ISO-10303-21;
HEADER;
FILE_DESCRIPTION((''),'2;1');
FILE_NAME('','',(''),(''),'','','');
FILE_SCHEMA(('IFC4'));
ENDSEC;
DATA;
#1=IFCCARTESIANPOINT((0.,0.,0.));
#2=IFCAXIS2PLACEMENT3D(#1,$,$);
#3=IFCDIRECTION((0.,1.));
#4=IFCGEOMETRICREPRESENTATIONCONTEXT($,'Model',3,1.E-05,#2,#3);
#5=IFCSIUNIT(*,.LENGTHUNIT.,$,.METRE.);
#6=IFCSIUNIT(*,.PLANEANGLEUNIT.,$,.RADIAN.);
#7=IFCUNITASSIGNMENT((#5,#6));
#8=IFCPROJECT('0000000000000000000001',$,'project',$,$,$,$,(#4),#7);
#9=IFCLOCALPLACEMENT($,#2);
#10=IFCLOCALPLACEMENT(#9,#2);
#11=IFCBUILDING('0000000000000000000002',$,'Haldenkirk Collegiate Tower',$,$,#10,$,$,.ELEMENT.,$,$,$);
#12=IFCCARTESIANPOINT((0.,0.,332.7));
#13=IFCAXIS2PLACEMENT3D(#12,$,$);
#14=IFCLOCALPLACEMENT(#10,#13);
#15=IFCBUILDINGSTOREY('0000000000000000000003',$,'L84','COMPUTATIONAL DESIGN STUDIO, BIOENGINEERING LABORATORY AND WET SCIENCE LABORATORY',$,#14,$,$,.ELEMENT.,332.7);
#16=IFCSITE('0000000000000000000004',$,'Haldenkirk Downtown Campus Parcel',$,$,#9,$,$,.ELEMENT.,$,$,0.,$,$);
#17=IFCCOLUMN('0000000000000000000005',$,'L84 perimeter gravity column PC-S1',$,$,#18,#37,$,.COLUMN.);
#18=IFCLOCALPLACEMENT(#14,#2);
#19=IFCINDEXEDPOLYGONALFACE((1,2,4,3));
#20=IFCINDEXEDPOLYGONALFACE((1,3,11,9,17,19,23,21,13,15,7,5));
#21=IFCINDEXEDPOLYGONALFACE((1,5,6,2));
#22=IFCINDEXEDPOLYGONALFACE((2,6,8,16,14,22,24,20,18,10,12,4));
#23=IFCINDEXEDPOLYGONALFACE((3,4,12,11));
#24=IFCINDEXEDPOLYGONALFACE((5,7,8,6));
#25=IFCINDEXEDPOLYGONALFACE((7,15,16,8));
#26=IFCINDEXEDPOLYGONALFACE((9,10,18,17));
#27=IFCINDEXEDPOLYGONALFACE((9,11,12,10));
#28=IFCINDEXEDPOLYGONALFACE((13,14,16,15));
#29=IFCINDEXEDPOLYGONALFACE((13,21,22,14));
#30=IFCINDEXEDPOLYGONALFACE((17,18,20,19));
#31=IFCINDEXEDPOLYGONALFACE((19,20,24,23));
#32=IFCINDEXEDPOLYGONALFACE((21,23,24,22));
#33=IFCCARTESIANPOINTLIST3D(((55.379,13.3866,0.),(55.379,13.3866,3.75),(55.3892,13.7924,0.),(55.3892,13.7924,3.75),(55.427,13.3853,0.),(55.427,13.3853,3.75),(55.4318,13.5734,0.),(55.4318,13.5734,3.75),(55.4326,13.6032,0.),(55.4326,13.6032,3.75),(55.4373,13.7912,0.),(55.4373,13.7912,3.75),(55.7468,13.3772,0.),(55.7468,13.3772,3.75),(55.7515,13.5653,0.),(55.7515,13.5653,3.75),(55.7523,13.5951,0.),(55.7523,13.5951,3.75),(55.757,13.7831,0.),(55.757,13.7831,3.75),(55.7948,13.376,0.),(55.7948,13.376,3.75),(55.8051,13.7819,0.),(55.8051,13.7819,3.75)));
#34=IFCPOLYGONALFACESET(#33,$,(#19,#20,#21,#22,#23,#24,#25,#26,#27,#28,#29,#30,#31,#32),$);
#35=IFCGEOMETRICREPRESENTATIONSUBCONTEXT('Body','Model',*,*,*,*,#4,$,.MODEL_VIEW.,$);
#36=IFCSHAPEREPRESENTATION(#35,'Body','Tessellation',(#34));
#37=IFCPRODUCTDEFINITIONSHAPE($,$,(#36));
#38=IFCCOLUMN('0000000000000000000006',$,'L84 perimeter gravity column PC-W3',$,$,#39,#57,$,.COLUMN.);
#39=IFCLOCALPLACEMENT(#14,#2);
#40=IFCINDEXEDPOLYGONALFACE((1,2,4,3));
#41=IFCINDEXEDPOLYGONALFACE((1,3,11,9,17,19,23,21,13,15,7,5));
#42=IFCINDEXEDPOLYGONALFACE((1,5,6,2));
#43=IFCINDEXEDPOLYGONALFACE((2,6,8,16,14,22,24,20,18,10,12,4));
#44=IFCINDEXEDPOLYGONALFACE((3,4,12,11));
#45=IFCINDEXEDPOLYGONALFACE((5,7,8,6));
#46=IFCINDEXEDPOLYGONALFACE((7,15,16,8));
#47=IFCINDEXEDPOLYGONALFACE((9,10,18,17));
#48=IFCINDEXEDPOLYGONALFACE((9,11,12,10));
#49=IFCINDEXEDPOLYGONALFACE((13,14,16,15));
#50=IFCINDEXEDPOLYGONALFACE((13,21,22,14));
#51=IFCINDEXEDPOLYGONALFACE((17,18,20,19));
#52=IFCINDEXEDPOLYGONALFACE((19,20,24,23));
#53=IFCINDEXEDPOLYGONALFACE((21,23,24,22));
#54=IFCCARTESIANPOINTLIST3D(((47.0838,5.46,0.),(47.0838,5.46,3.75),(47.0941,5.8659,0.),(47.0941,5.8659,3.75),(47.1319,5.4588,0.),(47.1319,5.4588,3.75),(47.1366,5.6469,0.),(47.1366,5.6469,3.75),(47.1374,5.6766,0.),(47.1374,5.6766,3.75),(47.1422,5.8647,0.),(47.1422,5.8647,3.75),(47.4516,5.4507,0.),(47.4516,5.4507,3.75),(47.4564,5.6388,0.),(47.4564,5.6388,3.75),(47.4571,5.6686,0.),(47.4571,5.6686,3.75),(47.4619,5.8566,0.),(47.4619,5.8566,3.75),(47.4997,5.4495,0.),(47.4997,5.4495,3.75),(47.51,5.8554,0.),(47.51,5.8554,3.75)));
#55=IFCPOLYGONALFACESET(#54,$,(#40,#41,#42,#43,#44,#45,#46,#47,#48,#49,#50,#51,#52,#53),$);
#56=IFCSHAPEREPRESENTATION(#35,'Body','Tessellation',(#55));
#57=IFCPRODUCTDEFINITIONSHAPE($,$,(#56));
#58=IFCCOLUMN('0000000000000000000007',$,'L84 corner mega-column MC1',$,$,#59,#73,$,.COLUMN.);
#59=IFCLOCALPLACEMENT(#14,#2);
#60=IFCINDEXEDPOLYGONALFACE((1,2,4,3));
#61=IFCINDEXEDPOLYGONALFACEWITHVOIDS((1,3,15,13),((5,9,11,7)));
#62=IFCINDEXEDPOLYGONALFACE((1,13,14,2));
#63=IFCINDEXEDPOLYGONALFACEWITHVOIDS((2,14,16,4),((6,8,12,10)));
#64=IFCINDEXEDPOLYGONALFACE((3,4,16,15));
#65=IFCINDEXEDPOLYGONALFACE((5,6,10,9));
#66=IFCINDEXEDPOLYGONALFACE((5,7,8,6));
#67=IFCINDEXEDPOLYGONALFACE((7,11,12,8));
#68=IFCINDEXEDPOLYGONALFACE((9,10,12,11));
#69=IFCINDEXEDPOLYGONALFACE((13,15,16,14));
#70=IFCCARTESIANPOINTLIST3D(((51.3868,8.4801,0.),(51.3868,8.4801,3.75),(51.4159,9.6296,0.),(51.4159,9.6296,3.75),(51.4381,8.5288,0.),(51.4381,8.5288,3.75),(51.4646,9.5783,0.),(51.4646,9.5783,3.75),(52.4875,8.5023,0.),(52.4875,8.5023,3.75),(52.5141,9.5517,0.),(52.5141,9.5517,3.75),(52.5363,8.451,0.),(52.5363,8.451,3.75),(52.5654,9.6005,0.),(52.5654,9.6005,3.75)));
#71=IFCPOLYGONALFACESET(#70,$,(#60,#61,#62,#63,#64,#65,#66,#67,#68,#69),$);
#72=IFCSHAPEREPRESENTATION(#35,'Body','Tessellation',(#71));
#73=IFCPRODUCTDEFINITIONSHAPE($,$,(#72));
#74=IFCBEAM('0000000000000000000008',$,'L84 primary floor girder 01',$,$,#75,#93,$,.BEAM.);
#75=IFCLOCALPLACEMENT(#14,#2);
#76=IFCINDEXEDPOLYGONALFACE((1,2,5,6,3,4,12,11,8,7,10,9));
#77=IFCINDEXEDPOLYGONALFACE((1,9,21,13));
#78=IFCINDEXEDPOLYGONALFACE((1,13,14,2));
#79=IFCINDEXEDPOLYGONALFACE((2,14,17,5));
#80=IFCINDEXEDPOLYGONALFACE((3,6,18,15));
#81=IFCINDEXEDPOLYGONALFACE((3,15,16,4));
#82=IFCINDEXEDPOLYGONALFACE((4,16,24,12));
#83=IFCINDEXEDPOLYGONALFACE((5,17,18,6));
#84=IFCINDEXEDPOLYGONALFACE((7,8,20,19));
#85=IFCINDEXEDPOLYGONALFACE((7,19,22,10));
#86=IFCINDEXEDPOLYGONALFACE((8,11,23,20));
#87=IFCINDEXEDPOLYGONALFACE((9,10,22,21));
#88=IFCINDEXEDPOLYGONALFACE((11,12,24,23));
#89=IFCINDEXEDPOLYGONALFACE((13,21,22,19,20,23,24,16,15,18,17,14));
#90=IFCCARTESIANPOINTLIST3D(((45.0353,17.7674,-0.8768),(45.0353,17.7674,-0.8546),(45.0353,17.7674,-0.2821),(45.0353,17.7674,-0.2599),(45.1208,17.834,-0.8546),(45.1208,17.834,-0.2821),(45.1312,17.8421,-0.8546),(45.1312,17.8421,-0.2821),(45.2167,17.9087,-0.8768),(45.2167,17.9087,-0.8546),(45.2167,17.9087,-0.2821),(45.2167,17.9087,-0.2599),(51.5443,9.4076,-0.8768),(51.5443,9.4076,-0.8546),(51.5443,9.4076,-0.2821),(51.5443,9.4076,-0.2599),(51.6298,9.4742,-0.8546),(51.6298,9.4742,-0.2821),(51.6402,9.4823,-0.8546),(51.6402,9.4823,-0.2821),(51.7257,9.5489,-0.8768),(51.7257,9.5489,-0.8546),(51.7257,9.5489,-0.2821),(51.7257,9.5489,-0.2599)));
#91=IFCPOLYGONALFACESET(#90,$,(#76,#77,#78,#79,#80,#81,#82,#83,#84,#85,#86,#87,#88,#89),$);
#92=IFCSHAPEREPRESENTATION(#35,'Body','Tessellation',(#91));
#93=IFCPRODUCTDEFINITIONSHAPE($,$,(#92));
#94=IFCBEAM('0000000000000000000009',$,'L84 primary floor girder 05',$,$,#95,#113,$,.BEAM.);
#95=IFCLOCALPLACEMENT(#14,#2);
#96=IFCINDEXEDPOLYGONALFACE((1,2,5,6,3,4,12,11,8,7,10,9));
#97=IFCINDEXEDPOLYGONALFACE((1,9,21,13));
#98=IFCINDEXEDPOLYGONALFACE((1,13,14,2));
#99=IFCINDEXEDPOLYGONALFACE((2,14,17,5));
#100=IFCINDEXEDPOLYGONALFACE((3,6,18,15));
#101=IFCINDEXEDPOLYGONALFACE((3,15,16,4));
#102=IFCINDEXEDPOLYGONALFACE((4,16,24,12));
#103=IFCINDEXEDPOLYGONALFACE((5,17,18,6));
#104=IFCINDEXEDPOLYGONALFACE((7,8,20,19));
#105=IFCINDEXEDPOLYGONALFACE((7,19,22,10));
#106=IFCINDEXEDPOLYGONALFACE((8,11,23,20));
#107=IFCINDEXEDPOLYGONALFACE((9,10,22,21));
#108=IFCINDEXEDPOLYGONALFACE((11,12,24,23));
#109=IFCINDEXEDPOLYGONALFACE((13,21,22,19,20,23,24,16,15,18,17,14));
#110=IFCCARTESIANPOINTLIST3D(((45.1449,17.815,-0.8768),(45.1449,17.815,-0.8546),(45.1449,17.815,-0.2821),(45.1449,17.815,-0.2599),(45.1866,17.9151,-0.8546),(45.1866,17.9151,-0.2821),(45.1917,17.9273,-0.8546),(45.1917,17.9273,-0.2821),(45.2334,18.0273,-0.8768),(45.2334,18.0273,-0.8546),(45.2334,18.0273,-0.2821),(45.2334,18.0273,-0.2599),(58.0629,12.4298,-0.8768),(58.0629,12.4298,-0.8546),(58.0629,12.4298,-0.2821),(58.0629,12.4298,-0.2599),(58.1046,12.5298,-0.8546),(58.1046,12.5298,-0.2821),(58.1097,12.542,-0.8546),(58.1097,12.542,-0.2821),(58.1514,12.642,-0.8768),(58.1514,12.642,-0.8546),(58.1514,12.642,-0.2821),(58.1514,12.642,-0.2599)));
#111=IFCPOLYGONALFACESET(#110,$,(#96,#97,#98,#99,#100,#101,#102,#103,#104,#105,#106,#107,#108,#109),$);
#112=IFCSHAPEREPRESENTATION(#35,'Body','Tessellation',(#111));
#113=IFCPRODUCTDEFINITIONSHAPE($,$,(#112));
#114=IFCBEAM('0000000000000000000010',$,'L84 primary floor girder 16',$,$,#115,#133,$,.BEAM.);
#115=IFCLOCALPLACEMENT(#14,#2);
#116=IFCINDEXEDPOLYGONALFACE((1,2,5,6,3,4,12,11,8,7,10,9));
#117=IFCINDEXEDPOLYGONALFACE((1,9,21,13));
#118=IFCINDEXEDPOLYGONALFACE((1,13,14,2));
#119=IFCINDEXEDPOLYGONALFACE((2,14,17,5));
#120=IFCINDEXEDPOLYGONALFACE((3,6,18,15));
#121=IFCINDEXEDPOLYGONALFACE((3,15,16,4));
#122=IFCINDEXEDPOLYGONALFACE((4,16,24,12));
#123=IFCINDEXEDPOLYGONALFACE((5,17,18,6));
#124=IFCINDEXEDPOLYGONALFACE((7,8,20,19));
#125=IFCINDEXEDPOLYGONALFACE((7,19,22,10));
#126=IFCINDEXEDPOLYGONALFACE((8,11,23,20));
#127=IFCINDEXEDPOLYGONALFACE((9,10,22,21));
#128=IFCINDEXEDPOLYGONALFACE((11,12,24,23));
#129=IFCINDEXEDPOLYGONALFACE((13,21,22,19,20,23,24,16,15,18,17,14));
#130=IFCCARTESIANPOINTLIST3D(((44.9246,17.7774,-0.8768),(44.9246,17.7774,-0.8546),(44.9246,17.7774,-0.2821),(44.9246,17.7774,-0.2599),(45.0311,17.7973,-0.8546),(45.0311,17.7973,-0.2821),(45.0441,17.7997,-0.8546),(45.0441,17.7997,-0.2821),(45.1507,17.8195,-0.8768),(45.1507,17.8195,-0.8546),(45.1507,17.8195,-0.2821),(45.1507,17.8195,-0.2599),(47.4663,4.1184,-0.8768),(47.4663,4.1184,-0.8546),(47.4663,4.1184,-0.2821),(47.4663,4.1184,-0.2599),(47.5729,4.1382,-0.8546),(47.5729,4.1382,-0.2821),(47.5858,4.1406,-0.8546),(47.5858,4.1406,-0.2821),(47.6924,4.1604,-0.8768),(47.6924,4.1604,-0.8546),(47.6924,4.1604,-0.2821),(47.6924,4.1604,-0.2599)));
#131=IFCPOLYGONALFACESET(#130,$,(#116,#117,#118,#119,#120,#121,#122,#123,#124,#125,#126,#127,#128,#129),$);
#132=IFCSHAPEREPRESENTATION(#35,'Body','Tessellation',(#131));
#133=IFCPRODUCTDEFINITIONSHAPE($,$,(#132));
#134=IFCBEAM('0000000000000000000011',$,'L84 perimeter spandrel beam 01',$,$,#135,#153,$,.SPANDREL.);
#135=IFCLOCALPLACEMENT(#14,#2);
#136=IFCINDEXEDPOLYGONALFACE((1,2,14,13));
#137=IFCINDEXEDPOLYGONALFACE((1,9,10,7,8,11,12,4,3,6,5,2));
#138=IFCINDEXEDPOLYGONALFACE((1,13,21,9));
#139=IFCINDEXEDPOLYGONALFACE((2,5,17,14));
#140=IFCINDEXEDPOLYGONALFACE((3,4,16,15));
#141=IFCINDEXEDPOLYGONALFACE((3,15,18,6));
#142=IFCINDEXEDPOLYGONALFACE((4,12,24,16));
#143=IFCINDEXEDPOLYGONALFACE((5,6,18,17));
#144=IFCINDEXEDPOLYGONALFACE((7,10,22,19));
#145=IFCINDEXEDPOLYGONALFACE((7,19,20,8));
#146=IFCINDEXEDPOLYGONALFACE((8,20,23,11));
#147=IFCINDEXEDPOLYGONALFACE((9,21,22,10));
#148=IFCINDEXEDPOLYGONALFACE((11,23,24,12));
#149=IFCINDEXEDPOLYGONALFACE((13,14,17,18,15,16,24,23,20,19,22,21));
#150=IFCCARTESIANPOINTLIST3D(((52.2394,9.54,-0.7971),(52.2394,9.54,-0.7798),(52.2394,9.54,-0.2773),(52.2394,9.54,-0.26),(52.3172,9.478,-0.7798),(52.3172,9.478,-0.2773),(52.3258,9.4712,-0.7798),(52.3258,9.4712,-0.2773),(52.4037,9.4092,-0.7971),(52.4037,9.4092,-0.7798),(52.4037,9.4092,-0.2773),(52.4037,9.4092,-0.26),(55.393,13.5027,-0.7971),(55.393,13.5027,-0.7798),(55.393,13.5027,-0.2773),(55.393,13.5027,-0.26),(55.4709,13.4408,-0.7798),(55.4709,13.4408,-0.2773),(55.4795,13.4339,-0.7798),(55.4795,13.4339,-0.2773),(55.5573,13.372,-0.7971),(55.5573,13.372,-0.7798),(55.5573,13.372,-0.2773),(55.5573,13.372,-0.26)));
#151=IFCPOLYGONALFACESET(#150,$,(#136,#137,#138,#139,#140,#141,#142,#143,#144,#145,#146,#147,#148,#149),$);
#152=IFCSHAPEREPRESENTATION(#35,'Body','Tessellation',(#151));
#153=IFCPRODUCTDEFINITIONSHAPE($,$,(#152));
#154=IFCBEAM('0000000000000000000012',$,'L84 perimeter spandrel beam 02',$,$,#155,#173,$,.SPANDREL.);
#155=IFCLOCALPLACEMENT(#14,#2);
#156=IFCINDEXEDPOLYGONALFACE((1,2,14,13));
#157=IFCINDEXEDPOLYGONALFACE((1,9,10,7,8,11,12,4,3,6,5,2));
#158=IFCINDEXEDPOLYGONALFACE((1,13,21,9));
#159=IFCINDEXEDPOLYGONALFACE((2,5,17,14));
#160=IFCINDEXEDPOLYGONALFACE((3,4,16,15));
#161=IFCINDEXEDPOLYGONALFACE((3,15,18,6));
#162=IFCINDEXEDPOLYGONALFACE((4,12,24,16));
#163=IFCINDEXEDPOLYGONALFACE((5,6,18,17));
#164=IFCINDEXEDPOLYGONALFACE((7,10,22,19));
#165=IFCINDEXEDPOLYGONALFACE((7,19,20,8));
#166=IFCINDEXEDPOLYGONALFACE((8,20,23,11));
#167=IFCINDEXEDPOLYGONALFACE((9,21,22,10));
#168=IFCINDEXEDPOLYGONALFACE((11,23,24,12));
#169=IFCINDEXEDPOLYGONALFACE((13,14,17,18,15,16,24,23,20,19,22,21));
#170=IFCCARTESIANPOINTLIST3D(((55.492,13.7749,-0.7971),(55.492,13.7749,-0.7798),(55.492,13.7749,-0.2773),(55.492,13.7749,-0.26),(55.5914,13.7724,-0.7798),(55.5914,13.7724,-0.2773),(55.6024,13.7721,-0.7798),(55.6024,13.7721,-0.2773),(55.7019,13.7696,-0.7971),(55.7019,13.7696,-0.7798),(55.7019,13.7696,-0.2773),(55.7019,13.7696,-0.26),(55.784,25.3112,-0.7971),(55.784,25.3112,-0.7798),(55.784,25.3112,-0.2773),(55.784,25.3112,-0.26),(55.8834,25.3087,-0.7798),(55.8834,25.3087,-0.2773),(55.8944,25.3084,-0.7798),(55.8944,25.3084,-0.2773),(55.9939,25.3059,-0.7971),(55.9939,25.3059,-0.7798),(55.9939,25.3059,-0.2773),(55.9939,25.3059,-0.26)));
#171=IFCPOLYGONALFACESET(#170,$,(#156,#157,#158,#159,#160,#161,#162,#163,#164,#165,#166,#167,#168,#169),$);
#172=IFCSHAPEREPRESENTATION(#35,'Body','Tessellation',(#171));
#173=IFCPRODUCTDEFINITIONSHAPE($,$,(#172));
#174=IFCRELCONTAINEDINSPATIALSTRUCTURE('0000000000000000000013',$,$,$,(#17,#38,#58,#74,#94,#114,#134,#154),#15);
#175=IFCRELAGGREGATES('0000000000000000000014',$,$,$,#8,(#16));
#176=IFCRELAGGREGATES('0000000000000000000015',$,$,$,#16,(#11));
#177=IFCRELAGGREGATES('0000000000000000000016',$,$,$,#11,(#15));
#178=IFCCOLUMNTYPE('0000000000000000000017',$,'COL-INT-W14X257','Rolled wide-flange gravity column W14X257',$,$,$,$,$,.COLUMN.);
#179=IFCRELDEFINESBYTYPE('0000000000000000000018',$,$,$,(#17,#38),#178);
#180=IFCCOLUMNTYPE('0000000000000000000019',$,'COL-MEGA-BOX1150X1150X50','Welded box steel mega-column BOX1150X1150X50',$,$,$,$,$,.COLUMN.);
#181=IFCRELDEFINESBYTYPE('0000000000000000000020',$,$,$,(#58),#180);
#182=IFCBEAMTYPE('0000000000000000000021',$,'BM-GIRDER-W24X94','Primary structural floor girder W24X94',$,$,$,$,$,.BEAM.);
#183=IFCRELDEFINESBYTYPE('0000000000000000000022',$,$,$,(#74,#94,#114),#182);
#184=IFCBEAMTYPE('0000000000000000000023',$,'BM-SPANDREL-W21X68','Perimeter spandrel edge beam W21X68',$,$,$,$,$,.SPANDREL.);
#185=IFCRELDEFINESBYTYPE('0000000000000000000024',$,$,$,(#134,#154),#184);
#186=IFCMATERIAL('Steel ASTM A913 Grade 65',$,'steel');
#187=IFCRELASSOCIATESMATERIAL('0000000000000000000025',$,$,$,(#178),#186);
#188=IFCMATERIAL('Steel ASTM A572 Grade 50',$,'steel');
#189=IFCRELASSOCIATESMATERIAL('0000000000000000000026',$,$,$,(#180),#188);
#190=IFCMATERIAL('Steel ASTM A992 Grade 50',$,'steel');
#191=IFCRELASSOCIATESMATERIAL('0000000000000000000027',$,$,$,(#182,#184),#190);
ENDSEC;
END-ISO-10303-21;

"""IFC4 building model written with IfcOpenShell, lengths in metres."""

from ifc_helpers import new_model, si_unit, direction, frame, origin, origin_2d, place, context, subcontext, project, spatial, hollow_rectangle, i_section, extrude, material, material_profile, profile_set, type_object, element, save


model = new_model("IFC4")

# Units and contexts
model_context = context("Model", 3, precision=1e-05, world=origin(), true_north=direction((0.0, 1.0)))
body_context = subcontext(model_context, "Body", "Model", "MODEL_VIEW")
ifc_project = project(units=[si_unit("LENGTHUNIT", "METRE"), si_unit("PLANEANGLEUNIT", "RADIAN")], contexts=[model_context])

# Site, building, storey
site_placement = place(None, origin())
site = spatial("IfcSite", under=ifc_project, at=site_placement, Name="Haldenkirk Downtown Campus Parcel", CompositionType="ELEMENT", RefElevation=0.0)
building_placement = place(site_placement, origin())
building = spatial("IfcBuilding", under=site, at=building_placement, Name="Haldenkirk Collegiate Tower", CompositionType="ELEMENT")
storey_placement = place(building_placement, frame((0.0, 0.0, 332.7)))
storey = spatial("IfcBuildingStorey", under=building, at=storey_placement, Name="L84", Description="COMPUTATIONAL DESIGN STUDIO, BIOENGINEERING LABORATORY AND WET SCIENCE LABORATORY", CompositionType="ELEMENT", Elevation=332.7)

# Columns
ifc_material_1 = material(Name="Steel ASTM A913 Grade 65", Category="steel")
ifc_material_profile_1 = material_profile(ifc_material_1, i_section(OverallWidth=0.406, OverallDepth=0.416, WebThickness=0.0298, FlangeThickness=0.0481, at=origin_2d()), Name="W14X257")
ifc_profile_set_1 = profile_set([ifc_material_profile_1], Name="Steel ASTM A913 Grade 65")
column_type_1 = type_object("IfcColumnType", Name="COL-INT-W14X257", Description="Rolled wide-flange gravity column W14X257", PredefinedType="COLUMN", material=ifc_profile_set_1)
for number, where, z_axis, x_axis, name in (
    (1, (55.592, 13.5842, 0.0), (0.0, 0.0, 1.0), (0.025305, 0.99968, 0.0), "L84 perimeter gravity column PC-S1"),
    (2, (47.2969, 5.6577, 0.0), (0.0, 0.0, 1.0), (0.025305, 0.99968, 0.0), "L84 perimeter gravity column PC-W3"),
):
    element("IfcColumn", number, at=place(storey_placement, frame(where, z_axis=z_axis, x_axis=x_axis)), inside=storey, type_object=column_type_1, Name=name, PredefinedType="COLUMN", context=body_context, shape_type="SweptSolid", body=[
        extrude(i_section(OverallWidth=0.406, OverallDepth=0.416, WebThickness=0.0298, FlangeThickness=0.0481, at=origin_2d()), origin(), (0.0, 0.0, 1.0), 3.75),
    ])
ifc_material_2 = material(Name="Steel ASTM A572 Grade 50", Category="steel")
ifc_material_profile_2 = material_profile(ifc_material_2, hollow_rectangle(XDim=1.1499, YDim=1.1499, WallThickness=0.05, at=origin_2d()), Name="BOX1150X1150X50")
ifc_profile_set_2 = profile_set([ifc_material_profile_2], Name="Steel ASTM A572 Grade 50")
column_type_2 = type_object("IfcColumnType", Name="COL-MEGA-BOX1150X1150X50", Description="Welded box steel mega-column BOX1150X1150X50", PredefinedType="COLUMN", material=ifc_profile_set_2)
column_placement = place(storey_placement, frame((51.9761, 9.0403, 0.0), z_axis=(0.0, 0.0, 1.0), x_axis=(0.025305, 0.99968, 0.0)))
element("IfcColumn", 3, at=column_placement, inside=storey, type_object=column_type_2, Name="L84 corner mega-column MC1", PredefinedType="COLUMN", context=body_context, shape_type="SweptSolid", body=[
    extrude(hollow_rectangle(XDim=1.1499, YDim=1.1499, WallThickness=0.05, at=origin_2d()), origin(), (0.0, 0.0, 1.0), 3.75),
])

# Beams
ifc_material_3 = material(Name="Steel ASTM A992 Grade 50", Category="steel")
ifc_material_profile_3 = material_profile(ifc_material_3, i_section(OverallWidth=0.23, OverallDepth=0.6169, WebThickness=0.0132, FlangeThickness=0.0222, at=origin_2d()), Name="W24X94")
ifc_profile_set_3 = profile_set([ifc_material_profile_3], Name="Steel ASTM A992 Grade 50")
beam_type_1 = type_object("IfcBeamType", Name="BM-GIRDER-W24X94", Description="Primary structural floor girder W24X94", PredefinedType="BEAM", material=ifc_profile_set_3)
beam_1_placement = place(storey_placement, frame((51.635, 9.4783, -0.5684), z_axis=(-0.614347, 0.789036, 0.0), x_axis=(-0.789036, -0.614347, 0.0)))
element("IfcBeam", 4, at=beam_1_placement, inside=storey, type_object=beam_type_1, Name="L84 primary floor girder 01", PredefinedType="BEAM", context=body_context, shape_type="SweptSolid", body=[
    extrude(i_section(OverallWidth=0.23, OverallDepth=0.6169, WebThickness=0.0132, FlangeThickness=0.0222, at=origin_2d()), origin(), (0.0, 0.0, 1.0), 10.595),
])
beam_2_placement = place(storey_placement, frame((58.1072, 12.5359, -0.5684), z_axis=(-0.923007, 0.384784, 0.0), x_axis=(-0.384784, -0.923007, 0.0)))
element("IfcBeam", 5, at=beam_2_placement, inside=storey, type_object=beam_type_1, Name="L84 primary floor girder 05", PredefinedType="BEAM", context=body_context, shape_type="SweptSolid", body=[
    extrude(i_section(OverallWidth=0.23, OverallDepth=0.6169, WebThickness=0.0132, FlangeThickness=0.0222, at=origin_2d()), origin(), (0.0, 0.0, 1.0), 13.9956),
])
beam_3_placement = place(storey_placement, frame((47.5793, 4.1394, -0.5684), z_axis=(-0.182943, 0.983124, 0.0), x_axis=(-0.983124, -0.182943, 0.0)))
element("IfcBeam", 6, at=beam_3_placement, inside=storey, type_object=beam_type_1, Name="L84 primary floor girder 16", PredefinedType="BEAM", context=body_context, shape_type="SweptSolid", body=[
    extrude(i_section(OverallWidth=0.23, OverallDepth=0.6169, WebThickness=0.0132, FlangeThickness=0.0222, at=origin_2d()), origin(), (0.0, 0.0, 1.0), 13.8936),
])
ifc_material_profile_4 = material_profile(ifc_material_3, i_section(OverallWidth=0.21, OverallDepth=0.5371, WebThickness=0.011, FlangeThickness=0.0173, at=origin_2d()), Name="W21X68")
ifc_profile_set_4 = profile_set([ifc_material_profile_4], Name="Steel ASTM A992 Grade 50")
beam_type_2 = type_object("IfcBeamType", Name="BM-SPANDREL-W21X68", Description="Perimeter spandrel edge beam W21X68", PredefinedType="SPANDREL", material=ifc_profile_set_4)
beam_4_placement = place(storey_placement, frame((52.3215, 9.4746, -0.5286), z_axis=(0.6227, 0.782461, 0.0), x_axis=(-0.782461, 0.6227, 0.0)))
element("IfcBeam", 7, at=beam_4_placement, inside=storey, type_object=beam_type_2, Name="L84 perimeter spandrel beam 01", PredefinedType="SPANDREL", context=body_context, shape_type="SweptSolid", body=[
    extrude(i_section(OverallWidth=0.21, OverallDepth=0.5371, WebThickness=0.011, FlangeThickness=0.0173, at=origin_2d()), origin(), (0.0, 0.0, 1.0), 5.0645),
])
beam_5_placement = place(storey_placement, frame((55.5969, 13.7722, -0.5286), z_axis=(0.025302, 0.99968, 0.0), x_axis=(-0.99968, 0.025302, 0.0)))
element("IfcBeam", 8, at=beam_5_placement, inside=storey, type_object=beam_type_2, Name="L84 perimeter spandrel beam 02", PredefinedType="SPANDREL", context=body_context, shape_type="SweptSolid", body=[
    extrude(i_section(OverallWidth=0.21, OverallDepth=0.5371, WebThickness=0.011, FlangeThickness=0.0173, at=origin_2d()), origin(), (0.0, 0.0, 1.0), 11.54),
])

save(model, "model.ifc")
